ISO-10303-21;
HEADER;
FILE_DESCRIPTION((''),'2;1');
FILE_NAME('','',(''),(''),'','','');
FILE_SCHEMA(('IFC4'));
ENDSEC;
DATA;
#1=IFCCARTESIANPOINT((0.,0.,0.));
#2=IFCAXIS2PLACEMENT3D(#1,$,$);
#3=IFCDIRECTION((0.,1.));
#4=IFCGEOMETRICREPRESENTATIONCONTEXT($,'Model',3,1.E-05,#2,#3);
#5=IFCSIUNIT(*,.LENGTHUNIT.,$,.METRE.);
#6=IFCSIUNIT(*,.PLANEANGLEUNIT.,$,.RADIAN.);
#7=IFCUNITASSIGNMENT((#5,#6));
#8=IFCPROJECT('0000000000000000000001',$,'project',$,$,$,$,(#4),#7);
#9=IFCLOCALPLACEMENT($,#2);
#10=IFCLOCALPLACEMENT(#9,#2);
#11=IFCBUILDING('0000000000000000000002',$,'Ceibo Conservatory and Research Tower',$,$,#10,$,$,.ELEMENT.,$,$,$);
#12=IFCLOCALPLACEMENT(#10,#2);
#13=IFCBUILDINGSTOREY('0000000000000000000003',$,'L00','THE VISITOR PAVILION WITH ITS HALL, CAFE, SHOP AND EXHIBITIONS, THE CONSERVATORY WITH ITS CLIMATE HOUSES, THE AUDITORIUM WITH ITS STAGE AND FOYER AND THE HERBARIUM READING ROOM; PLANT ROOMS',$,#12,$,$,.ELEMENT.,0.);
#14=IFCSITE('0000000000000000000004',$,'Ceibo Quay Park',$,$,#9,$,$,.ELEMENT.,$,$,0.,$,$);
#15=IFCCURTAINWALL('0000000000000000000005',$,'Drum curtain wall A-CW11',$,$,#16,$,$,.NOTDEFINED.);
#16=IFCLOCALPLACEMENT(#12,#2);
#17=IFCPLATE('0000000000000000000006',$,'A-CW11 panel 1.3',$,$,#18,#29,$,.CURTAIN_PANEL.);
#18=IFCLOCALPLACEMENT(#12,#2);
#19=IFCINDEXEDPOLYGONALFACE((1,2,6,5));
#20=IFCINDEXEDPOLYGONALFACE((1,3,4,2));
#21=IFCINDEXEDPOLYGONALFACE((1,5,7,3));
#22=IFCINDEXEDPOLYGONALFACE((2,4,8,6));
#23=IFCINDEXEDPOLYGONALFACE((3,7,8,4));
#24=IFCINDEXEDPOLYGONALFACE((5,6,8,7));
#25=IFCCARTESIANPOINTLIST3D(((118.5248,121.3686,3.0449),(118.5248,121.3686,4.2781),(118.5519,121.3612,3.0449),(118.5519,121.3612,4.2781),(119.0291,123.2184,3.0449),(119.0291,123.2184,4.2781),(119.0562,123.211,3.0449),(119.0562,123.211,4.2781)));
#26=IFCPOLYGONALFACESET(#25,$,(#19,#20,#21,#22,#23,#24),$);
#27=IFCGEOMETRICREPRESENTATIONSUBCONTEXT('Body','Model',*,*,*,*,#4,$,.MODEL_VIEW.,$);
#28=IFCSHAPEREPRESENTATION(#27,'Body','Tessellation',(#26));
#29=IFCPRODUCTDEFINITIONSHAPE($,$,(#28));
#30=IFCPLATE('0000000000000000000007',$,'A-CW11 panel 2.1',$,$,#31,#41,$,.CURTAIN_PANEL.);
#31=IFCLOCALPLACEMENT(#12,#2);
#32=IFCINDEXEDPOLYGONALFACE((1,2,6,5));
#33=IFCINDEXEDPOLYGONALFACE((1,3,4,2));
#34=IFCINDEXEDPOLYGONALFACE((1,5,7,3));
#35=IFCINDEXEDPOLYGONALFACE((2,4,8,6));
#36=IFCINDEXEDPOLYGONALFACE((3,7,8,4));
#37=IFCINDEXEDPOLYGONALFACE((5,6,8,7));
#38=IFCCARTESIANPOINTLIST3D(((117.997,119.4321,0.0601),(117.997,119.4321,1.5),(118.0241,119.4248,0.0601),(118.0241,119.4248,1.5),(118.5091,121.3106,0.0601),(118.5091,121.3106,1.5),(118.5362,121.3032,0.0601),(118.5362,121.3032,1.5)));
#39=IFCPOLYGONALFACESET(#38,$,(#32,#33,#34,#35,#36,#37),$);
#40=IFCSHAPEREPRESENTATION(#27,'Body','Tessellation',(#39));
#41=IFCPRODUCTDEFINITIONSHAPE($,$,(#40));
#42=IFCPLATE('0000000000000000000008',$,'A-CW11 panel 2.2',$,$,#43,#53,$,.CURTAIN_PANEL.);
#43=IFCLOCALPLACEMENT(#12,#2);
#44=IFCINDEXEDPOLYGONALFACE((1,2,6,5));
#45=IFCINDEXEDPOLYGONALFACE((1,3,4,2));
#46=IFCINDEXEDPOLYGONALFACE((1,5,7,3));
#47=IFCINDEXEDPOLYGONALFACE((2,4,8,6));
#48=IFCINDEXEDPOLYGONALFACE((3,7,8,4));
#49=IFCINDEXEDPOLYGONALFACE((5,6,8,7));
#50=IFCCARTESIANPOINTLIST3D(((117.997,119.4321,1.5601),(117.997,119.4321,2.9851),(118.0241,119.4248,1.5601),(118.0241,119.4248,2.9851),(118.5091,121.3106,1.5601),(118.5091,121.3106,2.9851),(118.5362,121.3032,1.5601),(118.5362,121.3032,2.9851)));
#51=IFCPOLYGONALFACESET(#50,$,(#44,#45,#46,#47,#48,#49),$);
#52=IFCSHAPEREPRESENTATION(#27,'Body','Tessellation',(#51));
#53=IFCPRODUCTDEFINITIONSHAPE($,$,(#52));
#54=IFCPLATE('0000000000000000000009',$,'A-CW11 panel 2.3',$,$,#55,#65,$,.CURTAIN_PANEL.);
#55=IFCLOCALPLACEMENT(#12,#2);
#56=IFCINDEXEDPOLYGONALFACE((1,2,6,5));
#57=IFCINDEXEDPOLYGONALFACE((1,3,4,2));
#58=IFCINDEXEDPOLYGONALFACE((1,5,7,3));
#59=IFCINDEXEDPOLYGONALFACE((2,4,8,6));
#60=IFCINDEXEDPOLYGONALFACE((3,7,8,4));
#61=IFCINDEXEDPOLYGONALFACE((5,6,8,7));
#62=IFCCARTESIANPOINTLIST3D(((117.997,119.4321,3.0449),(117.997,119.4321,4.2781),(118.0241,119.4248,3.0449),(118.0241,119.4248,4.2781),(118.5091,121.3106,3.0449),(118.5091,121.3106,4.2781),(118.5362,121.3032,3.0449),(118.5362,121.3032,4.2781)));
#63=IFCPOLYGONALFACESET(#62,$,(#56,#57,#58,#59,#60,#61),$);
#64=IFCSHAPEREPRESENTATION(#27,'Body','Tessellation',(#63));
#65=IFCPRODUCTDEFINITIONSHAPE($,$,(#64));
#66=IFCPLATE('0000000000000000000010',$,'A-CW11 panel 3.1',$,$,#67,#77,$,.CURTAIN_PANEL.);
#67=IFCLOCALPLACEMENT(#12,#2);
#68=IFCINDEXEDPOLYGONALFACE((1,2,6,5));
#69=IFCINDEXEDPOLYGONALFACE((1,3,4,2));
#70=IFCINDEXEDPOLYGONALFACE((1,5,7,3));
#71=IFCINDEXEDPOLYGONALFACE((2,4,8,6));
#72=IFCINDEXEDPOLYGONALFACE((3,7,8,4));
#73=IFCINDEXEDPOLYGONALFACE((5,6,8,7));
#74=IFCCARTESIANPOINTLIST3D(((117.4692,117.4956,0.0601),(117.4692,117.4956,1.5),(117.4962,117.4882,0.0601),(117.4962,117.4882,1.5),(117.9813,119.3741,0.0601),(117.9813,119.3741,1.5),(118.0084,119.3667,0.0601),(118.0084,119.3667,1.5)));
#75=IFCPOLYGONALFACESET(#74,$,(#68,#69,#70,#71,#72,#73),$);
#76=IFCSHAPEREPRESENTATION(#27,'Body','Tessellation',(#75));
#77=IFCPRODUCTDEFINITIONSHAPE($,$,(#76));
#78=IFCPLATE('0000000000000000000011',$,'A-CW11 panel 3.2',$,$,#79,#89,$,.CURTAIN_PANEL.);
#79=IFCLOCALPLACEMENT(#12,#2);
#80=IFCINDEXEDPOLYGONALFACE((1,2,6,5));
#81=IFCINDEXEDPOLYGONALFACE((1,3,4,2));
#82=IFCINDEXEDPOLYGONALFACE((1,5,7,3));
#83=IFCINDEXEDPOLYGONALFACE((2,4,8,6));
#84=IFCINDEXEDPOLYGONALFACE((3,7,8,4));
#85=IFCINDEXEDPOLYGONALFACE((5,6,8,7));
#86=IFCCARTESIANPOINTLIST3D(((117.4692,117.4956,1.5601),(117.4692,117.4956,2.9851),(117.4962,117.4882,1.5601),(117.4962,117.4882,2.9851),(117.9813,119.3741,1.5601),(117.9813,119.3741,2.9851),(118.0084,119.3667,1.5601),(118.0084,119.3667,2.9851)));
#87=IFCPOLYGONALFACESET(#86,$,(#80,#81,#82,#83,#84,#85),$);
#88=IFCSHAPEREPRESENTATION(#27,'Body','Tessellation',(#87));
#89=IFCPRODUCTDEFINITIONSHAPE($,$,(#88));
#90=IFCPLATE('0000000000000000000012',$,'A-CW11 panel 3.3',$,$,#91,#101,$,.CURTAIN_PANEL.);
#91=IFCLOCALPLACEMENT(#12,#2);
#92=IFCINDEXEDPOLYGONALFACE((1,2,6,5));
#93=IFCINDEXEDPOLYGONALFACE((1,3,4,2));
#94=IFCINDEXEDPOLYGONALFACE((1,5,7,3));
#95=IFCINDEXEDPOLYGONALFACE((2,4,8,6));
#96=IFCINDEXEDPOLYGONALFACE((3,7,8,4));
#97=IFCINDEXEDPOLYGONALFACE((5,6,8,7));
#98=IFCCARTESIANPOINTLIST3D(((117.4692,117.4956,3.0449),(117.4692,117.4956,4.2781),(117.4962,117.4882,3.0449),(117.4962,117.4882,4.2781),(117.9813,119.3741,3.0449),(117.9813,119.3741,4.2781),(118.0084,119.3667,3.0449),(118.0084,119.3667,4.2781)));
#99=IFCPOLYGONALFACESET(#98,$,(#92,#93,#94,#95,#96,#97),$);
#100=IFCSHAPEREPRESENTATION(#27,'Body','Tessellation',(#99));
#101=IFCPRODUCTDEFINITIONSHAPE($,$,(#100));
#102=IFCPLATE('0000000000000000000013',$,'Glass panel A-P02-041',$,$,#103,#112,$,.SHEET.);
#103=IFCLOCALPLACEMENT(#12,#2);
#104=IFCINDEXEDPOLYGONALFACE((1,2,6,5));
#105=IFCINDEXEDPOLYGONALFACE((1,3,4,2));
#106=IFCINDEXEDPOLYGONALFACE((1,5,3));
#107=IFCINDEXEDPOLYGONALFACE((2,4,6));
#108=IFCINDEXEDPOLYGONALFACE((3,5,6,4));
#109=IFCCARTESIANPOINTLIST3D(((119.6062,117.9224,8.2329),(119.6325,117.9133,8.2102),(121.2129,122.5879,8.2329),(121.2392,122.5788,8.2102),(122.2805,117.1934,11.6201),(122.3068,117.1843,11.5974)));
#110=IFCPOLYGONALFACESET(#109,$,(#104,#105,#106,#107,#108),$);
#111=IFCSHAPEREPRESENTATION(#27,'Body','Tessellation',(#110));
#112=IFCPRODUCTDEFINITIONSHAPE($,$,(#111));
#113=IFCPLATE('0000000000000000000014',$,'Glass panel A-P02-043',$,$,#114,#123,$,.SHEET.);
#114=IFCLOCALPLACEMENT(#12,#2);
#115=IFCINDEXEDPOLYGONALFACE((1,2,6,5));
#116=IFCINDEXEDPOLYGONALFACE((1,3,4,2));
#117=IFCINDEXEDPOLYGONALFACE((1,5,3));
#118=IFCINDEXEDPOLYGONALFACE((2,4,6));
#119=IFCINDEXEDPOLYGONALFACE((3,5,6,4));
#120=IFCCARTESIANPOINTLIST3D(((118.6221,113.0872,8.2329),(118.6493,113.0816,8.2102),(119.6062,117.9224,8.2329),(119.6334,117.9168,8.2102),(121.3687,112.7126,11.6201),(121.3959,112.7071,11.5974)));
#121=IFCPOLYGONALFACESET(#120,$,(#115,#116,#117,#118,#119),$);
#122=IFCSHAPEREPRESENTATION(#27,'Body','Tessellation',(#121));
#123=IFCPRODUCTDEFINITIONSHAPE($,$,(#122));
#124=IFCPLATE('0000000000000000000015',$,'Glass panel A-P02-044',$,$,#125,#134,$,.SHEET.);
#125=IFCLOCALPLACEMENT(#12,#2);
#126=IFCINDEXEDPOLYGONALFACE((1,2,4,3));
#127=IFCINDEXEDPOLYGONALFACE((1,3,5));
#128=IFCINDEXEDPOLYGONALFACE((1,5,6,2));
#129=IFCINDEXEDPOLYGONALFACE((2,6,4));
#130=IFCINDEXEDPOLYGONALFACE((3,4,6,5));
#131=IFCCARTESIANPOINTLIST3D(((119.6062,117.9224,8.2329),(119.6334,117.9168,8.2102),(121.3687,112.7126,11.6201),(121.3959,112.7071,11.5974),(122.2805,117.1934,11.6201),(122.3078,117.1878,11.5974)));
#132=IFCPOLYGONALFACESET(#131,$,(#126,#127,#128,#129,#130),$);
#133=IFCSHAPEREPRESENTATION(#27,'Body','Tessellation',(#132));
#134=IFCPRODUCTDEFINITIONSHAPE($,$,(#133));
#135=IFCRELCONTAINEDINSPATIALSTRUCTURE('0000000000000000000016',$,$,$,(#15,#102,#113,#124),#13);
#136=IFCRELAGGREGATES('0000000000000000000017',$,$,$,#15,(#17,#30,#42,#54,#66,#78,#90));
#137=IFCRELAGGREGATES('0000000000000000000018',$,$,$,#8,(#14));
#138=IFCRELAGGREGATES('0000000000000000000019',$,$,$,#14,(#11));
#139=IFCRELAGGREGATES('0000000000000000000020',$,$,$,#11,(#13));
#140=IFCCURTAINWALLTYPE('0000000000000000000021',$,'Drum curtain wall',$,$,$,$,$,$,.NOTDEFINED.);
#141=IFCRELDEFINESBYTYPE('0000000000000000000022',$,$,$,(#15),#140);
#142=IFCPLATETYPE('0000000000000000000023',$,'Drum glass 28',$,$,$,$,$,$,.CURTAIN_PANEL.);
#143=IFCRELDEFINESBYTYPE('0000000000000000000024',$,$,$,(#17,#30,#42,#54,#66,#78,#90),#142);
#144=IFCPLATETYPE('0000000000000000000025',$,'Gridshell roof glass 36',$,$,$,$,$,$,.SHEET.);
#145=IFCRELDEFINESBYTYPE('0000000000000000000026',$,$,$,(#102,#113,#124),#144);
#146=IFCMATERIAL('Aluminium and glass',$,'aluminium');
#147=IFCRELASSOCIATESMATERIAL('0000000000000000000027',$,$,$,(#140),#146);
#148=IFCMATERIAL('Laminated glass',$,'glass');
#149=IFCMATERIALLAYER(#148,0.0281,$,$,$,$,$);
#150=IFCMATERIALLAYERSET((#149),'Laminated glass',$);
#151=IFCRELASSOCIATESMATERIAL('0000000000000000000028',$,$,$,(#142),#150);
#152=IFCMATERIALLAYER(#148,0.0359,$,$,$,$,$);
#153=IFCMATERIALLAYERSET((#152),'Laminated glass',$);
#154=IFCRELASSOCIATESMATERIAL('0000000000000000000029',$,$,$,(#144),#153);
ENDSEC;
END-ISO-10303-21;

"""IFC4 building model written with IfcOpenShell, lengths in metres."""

from ifc_helpers import new_model, si_unit, direction, frame, origin, origin_2d, place, context, subcontext, project, spatial, polyline, rectangle, outline, extrude, material, layer, layer_set, type_object, element, aggregate, save


model = new_model("IFC4")

# Units and contexts
model_context = context("Model", 3, precision=1e-05, world=origin(), true_north=direction((0.0, 1.0)))
body_context = subcontext(model_context, "Body", "Model", "MODEL_VIEW")
ifc_project = project(units=[si_unit("LENGTHUNIT", "METRE"), si_unit("PLANEANGLEUNIT", "RADIAN")], contexts=[model_context])

# Site, building, storey
site_placement = place(None, origin())
site = spatial("IfcSite", under=ifc_project, at=site_placement, Name="Ceibo Quay Park", CompositionType="ELEMENT", RefElevation=0.0)
building_placement = place(site_placement, origin())
building = spatial("IfcBuilding", under=site, at=building_placement, Name="Ceibo Conservatory and Research Tower", CompositionType="ELEMENT")
storey_placement = place(building_placement, origin())
storey = spatial("IfcBuildingStorey", under=building, at=storey_placement, Name="L00", Description="THE VISITOR PAVILION WITH ITS HALL, CAFE, SHOP AND EXHIBITIONS, THE CONSERVATORY WITH ITS CLIMATE HOUSES, THE AUDITORIUM WITH ITS STAGE AND FOYER AND THE HERBARIUM READING ROOM; PLANT ROOMS", CompositionType="ELEMENT", Elevation=0.0)

# Curtain wall
ifc_material_1 = material(Name="Aluminium and glass", Category="aluminium")
curtain_wall_type = type_object("IfcCurtainWallType", Name="Drum curtain wall", PredefinedType="NOTDEFINED", material=ifc_material_1)
curtain_wall_placement = place(storey_placement, origin())
curtain_wall = element("IfcCurtainWall", 1, at=curtain_wall_placement, inside=storey, type_object=curtain_wall_type, Name="Drum curtain wall A-CW11", PredefinedType="NOTDEFINED")

# Plates
ifc_material_2 = material(Name="Laminated glass", Category="glass")
ifc_layer_1 = layer(ifc_material_2, 0.0281)
ifc_layer_set_1 = layer_set([ifc_layer_1], Name="Laminated glass")
plate_type_1 = type_object("IfcPlateType", Name="Drum glass 28", PredefinedType="CURTAIN_PANEL", material=ifc_layer_set_1)
plate_1_placement = place(storey_placement, frame((118.7905, 122.2898, 3.0449), z_axis=(0.0, 0.0, 1.0), x_axis=(-0.263031, -0.964787, 0.0)))
plate_1 = element("IfcPlate", 2, at=plate_1_placement, type_object=plate_type_1, Name="A-CW11 panel 1.3", PredefinedType="CURTAIN_PANEL", context=body_context, shape_type="SweptSolid", body=[
    extrude(rectangle(XDim=1.9172, YDim=0.0281, at=origin_2d()), origin(), (0.0, 0.0, 1.0), 1.2332),
])
plate_2_placement = place(storey_placement, frame((118.2666, 120.3677, 0.0601), z_axis=(0.0, 0.0, 1.0), x_axis=(-0.263031, -0.964787, 0.0)))
plate_2 = element("IfcPlate", 3, at=plate_2_placement, type_object=plate_type_1, Name="A-CW11 panel 2.1", PredefinedType="CURTAIN_PANEL", context=body_context, shape_type="SweptSolid", body=[
    extrude(rectangle(XDim=1.947, YDim=0.0281, at=origin_2d()), origin(), (0.0, 0.0, 1.0), 1.4399),
])
plate_3_placement = place(storey_placement, frame((118.2666, 120.3677, 1.5601), z_axis=(0.0, 0.0, 1.0), x_axis=(-0.263031, -0.964787, 0.0)))
plate_3 = element("IfcPlate", 4, at=plate_3_placement, type_object=plate_type_1, Name="A-CW11 panel 2.2", PredefinedType="CURTAIN_PANEL", context=body_context, shape_type="SweptSolid", body=[
    extrude(rectangle(XDim=1.947, YDim=0.0281, at=origin_2d()), origin(), (0.0, 0.0, 1.0), 1.425),
])
plate_4_placement = place(storey_placement, frame((118.2666, 120.3677, 3.0449), z_axis=(0.0, 0.0, 1.0), x_axis=(-0.263031, -0.964787, 0.0)))
plate_4 = element("IfcPlate", 5, at=plate_4_placement, type_object=plate_type_1, Name="A-CW11 panel 2.3", PredefinedType="CURTAIN_PANEL", context=body_context, shape_type="SweptSolid", body=[
    extrude(rectangle(XDim=1.947, YDim=0.0281, at=origin_2d()), origin(), (0.0, 0.0, 1.0), 1.2332),
])
plate_5_placement = place(storey_placement, frame((117.7388, 118.4312, 0.0601), z_axis=(0.0, 0.0, 1.0), x_axis=(-0.263031, -0.964787, 0.0)))
plate_5 = element("IfcPlate", 6, at=plate_5_placement, type_object=plate_type_1, Name="A-CW11 panel 3.1", PredefinedType="CURTAIN_PANEL", context=body_context, shape_type="SweptSolid", body=[
    extrude(rectangle(XDim=1.947, YDim=0.0281, at=origin_2d()), origin(), (0.0, 0.0, 1.0), 1.4399),
])
plate_6_placement = place(storey_placement, frame((117.7388, 118.4312, 1.5601), z_axis=(0.0, 0.0, 1.0), x_axis=(-0.263031, -0.964787, 0.0)))
plate_6 = element("IfcPlate", 7, at=plate_6_placement, type_object=plate_type_1, Name="A-CW11 panel 3.2", PredefinedType="CURTAIN_PANEL", context=body_context, shape_type="SweptSolid", body=[
    extrude(rectangle(XDim=1.947, YDim=0.0281, at=origin_2d()), origin(), (0.0, 0.0, 1.0), 1.425),
])
plate_7_placement = place(storey_placement, frame((117.7388, 118.4312, 3.0449), z_axis=(0.0, 0.0, 1.0), x_axis=(-0.263031, -0.964787, 0.0)))
plate_7 = element("IfcPlate", 8, at=plate_7_placement, type_object=plate_type_1, Name="A-CW11 panel 3.3", PredefinedType="CURTAIN_PANEL", context=body_context, shape_type="SweptSolid", body=[
    extrude(rectangle(XDim=1.947, YDim=0.0281, at=origin_2d()), origin(), (0.0, 0.0, 1.0), 1.2332),
])
aggregate(curtain_wall, [plate_1, plate_2, plate_3, plate_4, plate_5, plate_6, plate_7])

# Plates
ifc_layer_2 = layer(ifc_material_2, 0.0359)
ifc_layer_set_2 = layer_set([ifc_layer_2], Name="Laminated glass")
plate_type_2 = type_object("IfcPlateType", Name="Gridshell roof glass 36", PredefinedType="SHEET", material=ifc_layer_set_2)
plate_8_placement = place(storey_placement, frame((121.2129, 122.5879, 8.2329), z_axis=(-0.732353, 0.252204, 0.632497), x_axis=(-0.325608, -0.945505, 0.0)))
element("IfcPlate", 9, at=plate_8_placement, inside=storey, type_object=plate_type_2, Name="Glass panel A-P02-041", PredefinedType="SHEET", context=body_context, shape_type="SweptSolid", body=[
    extrude(outline(polyline([(0.0, 0.0), (4.9344, 0.0), (4.7529, 4.3731), (0.0, 0.0)])), origin(), (0.0, 0.0, -1.0), 0.0359),
])
plate_9_placement = place(storey_placement, frame((119.6062, 117.9224, 8.2329), z_axis=(-0.758985, 0.15448, 0.632518), x_axis=(-0.199445, -0.979909, 0.0)))
element("IfcPlate", 10, at=plate_9_placement, inside=storey, type_object=plate_type_2, Name="Glass panel A-P02-043", PredefinedType="SHEET", context=body_context, shape_type="SweptSolid", body=[
    extrude(outline(polyline([(0.0, 0.0), (4.9343, 0.0), (4.7535, 4.3732), (0.0, 0.0)])), origin(), (0.0, 0.0, -1.0), 0.0359),
])
plate_10_placement = place(storey_placement, frame((119.6062, 117.9224, 8.2329), z_axis=(-0.759001, 0.154464, 0.632502), x_axis=(0.272861, -0.806564, 0.524405)))
element("IfcPlate", 11, at=plate_10_placement, inside=storey, type_object=plate_type_2, Name="Glass panel A-P02-044", PredefinedType="SHEET", context=body_context, shape_type="SweptSolid", body=[
    extrude(outline(polyline([(0.0, 0.0), (6.4591, 0.0), (3.094, 3.0958), (0.0, 0.0)])), origin(), (0.0, 0.0, -1.0), 0.0359),
])

save(model, "model.ifc")
